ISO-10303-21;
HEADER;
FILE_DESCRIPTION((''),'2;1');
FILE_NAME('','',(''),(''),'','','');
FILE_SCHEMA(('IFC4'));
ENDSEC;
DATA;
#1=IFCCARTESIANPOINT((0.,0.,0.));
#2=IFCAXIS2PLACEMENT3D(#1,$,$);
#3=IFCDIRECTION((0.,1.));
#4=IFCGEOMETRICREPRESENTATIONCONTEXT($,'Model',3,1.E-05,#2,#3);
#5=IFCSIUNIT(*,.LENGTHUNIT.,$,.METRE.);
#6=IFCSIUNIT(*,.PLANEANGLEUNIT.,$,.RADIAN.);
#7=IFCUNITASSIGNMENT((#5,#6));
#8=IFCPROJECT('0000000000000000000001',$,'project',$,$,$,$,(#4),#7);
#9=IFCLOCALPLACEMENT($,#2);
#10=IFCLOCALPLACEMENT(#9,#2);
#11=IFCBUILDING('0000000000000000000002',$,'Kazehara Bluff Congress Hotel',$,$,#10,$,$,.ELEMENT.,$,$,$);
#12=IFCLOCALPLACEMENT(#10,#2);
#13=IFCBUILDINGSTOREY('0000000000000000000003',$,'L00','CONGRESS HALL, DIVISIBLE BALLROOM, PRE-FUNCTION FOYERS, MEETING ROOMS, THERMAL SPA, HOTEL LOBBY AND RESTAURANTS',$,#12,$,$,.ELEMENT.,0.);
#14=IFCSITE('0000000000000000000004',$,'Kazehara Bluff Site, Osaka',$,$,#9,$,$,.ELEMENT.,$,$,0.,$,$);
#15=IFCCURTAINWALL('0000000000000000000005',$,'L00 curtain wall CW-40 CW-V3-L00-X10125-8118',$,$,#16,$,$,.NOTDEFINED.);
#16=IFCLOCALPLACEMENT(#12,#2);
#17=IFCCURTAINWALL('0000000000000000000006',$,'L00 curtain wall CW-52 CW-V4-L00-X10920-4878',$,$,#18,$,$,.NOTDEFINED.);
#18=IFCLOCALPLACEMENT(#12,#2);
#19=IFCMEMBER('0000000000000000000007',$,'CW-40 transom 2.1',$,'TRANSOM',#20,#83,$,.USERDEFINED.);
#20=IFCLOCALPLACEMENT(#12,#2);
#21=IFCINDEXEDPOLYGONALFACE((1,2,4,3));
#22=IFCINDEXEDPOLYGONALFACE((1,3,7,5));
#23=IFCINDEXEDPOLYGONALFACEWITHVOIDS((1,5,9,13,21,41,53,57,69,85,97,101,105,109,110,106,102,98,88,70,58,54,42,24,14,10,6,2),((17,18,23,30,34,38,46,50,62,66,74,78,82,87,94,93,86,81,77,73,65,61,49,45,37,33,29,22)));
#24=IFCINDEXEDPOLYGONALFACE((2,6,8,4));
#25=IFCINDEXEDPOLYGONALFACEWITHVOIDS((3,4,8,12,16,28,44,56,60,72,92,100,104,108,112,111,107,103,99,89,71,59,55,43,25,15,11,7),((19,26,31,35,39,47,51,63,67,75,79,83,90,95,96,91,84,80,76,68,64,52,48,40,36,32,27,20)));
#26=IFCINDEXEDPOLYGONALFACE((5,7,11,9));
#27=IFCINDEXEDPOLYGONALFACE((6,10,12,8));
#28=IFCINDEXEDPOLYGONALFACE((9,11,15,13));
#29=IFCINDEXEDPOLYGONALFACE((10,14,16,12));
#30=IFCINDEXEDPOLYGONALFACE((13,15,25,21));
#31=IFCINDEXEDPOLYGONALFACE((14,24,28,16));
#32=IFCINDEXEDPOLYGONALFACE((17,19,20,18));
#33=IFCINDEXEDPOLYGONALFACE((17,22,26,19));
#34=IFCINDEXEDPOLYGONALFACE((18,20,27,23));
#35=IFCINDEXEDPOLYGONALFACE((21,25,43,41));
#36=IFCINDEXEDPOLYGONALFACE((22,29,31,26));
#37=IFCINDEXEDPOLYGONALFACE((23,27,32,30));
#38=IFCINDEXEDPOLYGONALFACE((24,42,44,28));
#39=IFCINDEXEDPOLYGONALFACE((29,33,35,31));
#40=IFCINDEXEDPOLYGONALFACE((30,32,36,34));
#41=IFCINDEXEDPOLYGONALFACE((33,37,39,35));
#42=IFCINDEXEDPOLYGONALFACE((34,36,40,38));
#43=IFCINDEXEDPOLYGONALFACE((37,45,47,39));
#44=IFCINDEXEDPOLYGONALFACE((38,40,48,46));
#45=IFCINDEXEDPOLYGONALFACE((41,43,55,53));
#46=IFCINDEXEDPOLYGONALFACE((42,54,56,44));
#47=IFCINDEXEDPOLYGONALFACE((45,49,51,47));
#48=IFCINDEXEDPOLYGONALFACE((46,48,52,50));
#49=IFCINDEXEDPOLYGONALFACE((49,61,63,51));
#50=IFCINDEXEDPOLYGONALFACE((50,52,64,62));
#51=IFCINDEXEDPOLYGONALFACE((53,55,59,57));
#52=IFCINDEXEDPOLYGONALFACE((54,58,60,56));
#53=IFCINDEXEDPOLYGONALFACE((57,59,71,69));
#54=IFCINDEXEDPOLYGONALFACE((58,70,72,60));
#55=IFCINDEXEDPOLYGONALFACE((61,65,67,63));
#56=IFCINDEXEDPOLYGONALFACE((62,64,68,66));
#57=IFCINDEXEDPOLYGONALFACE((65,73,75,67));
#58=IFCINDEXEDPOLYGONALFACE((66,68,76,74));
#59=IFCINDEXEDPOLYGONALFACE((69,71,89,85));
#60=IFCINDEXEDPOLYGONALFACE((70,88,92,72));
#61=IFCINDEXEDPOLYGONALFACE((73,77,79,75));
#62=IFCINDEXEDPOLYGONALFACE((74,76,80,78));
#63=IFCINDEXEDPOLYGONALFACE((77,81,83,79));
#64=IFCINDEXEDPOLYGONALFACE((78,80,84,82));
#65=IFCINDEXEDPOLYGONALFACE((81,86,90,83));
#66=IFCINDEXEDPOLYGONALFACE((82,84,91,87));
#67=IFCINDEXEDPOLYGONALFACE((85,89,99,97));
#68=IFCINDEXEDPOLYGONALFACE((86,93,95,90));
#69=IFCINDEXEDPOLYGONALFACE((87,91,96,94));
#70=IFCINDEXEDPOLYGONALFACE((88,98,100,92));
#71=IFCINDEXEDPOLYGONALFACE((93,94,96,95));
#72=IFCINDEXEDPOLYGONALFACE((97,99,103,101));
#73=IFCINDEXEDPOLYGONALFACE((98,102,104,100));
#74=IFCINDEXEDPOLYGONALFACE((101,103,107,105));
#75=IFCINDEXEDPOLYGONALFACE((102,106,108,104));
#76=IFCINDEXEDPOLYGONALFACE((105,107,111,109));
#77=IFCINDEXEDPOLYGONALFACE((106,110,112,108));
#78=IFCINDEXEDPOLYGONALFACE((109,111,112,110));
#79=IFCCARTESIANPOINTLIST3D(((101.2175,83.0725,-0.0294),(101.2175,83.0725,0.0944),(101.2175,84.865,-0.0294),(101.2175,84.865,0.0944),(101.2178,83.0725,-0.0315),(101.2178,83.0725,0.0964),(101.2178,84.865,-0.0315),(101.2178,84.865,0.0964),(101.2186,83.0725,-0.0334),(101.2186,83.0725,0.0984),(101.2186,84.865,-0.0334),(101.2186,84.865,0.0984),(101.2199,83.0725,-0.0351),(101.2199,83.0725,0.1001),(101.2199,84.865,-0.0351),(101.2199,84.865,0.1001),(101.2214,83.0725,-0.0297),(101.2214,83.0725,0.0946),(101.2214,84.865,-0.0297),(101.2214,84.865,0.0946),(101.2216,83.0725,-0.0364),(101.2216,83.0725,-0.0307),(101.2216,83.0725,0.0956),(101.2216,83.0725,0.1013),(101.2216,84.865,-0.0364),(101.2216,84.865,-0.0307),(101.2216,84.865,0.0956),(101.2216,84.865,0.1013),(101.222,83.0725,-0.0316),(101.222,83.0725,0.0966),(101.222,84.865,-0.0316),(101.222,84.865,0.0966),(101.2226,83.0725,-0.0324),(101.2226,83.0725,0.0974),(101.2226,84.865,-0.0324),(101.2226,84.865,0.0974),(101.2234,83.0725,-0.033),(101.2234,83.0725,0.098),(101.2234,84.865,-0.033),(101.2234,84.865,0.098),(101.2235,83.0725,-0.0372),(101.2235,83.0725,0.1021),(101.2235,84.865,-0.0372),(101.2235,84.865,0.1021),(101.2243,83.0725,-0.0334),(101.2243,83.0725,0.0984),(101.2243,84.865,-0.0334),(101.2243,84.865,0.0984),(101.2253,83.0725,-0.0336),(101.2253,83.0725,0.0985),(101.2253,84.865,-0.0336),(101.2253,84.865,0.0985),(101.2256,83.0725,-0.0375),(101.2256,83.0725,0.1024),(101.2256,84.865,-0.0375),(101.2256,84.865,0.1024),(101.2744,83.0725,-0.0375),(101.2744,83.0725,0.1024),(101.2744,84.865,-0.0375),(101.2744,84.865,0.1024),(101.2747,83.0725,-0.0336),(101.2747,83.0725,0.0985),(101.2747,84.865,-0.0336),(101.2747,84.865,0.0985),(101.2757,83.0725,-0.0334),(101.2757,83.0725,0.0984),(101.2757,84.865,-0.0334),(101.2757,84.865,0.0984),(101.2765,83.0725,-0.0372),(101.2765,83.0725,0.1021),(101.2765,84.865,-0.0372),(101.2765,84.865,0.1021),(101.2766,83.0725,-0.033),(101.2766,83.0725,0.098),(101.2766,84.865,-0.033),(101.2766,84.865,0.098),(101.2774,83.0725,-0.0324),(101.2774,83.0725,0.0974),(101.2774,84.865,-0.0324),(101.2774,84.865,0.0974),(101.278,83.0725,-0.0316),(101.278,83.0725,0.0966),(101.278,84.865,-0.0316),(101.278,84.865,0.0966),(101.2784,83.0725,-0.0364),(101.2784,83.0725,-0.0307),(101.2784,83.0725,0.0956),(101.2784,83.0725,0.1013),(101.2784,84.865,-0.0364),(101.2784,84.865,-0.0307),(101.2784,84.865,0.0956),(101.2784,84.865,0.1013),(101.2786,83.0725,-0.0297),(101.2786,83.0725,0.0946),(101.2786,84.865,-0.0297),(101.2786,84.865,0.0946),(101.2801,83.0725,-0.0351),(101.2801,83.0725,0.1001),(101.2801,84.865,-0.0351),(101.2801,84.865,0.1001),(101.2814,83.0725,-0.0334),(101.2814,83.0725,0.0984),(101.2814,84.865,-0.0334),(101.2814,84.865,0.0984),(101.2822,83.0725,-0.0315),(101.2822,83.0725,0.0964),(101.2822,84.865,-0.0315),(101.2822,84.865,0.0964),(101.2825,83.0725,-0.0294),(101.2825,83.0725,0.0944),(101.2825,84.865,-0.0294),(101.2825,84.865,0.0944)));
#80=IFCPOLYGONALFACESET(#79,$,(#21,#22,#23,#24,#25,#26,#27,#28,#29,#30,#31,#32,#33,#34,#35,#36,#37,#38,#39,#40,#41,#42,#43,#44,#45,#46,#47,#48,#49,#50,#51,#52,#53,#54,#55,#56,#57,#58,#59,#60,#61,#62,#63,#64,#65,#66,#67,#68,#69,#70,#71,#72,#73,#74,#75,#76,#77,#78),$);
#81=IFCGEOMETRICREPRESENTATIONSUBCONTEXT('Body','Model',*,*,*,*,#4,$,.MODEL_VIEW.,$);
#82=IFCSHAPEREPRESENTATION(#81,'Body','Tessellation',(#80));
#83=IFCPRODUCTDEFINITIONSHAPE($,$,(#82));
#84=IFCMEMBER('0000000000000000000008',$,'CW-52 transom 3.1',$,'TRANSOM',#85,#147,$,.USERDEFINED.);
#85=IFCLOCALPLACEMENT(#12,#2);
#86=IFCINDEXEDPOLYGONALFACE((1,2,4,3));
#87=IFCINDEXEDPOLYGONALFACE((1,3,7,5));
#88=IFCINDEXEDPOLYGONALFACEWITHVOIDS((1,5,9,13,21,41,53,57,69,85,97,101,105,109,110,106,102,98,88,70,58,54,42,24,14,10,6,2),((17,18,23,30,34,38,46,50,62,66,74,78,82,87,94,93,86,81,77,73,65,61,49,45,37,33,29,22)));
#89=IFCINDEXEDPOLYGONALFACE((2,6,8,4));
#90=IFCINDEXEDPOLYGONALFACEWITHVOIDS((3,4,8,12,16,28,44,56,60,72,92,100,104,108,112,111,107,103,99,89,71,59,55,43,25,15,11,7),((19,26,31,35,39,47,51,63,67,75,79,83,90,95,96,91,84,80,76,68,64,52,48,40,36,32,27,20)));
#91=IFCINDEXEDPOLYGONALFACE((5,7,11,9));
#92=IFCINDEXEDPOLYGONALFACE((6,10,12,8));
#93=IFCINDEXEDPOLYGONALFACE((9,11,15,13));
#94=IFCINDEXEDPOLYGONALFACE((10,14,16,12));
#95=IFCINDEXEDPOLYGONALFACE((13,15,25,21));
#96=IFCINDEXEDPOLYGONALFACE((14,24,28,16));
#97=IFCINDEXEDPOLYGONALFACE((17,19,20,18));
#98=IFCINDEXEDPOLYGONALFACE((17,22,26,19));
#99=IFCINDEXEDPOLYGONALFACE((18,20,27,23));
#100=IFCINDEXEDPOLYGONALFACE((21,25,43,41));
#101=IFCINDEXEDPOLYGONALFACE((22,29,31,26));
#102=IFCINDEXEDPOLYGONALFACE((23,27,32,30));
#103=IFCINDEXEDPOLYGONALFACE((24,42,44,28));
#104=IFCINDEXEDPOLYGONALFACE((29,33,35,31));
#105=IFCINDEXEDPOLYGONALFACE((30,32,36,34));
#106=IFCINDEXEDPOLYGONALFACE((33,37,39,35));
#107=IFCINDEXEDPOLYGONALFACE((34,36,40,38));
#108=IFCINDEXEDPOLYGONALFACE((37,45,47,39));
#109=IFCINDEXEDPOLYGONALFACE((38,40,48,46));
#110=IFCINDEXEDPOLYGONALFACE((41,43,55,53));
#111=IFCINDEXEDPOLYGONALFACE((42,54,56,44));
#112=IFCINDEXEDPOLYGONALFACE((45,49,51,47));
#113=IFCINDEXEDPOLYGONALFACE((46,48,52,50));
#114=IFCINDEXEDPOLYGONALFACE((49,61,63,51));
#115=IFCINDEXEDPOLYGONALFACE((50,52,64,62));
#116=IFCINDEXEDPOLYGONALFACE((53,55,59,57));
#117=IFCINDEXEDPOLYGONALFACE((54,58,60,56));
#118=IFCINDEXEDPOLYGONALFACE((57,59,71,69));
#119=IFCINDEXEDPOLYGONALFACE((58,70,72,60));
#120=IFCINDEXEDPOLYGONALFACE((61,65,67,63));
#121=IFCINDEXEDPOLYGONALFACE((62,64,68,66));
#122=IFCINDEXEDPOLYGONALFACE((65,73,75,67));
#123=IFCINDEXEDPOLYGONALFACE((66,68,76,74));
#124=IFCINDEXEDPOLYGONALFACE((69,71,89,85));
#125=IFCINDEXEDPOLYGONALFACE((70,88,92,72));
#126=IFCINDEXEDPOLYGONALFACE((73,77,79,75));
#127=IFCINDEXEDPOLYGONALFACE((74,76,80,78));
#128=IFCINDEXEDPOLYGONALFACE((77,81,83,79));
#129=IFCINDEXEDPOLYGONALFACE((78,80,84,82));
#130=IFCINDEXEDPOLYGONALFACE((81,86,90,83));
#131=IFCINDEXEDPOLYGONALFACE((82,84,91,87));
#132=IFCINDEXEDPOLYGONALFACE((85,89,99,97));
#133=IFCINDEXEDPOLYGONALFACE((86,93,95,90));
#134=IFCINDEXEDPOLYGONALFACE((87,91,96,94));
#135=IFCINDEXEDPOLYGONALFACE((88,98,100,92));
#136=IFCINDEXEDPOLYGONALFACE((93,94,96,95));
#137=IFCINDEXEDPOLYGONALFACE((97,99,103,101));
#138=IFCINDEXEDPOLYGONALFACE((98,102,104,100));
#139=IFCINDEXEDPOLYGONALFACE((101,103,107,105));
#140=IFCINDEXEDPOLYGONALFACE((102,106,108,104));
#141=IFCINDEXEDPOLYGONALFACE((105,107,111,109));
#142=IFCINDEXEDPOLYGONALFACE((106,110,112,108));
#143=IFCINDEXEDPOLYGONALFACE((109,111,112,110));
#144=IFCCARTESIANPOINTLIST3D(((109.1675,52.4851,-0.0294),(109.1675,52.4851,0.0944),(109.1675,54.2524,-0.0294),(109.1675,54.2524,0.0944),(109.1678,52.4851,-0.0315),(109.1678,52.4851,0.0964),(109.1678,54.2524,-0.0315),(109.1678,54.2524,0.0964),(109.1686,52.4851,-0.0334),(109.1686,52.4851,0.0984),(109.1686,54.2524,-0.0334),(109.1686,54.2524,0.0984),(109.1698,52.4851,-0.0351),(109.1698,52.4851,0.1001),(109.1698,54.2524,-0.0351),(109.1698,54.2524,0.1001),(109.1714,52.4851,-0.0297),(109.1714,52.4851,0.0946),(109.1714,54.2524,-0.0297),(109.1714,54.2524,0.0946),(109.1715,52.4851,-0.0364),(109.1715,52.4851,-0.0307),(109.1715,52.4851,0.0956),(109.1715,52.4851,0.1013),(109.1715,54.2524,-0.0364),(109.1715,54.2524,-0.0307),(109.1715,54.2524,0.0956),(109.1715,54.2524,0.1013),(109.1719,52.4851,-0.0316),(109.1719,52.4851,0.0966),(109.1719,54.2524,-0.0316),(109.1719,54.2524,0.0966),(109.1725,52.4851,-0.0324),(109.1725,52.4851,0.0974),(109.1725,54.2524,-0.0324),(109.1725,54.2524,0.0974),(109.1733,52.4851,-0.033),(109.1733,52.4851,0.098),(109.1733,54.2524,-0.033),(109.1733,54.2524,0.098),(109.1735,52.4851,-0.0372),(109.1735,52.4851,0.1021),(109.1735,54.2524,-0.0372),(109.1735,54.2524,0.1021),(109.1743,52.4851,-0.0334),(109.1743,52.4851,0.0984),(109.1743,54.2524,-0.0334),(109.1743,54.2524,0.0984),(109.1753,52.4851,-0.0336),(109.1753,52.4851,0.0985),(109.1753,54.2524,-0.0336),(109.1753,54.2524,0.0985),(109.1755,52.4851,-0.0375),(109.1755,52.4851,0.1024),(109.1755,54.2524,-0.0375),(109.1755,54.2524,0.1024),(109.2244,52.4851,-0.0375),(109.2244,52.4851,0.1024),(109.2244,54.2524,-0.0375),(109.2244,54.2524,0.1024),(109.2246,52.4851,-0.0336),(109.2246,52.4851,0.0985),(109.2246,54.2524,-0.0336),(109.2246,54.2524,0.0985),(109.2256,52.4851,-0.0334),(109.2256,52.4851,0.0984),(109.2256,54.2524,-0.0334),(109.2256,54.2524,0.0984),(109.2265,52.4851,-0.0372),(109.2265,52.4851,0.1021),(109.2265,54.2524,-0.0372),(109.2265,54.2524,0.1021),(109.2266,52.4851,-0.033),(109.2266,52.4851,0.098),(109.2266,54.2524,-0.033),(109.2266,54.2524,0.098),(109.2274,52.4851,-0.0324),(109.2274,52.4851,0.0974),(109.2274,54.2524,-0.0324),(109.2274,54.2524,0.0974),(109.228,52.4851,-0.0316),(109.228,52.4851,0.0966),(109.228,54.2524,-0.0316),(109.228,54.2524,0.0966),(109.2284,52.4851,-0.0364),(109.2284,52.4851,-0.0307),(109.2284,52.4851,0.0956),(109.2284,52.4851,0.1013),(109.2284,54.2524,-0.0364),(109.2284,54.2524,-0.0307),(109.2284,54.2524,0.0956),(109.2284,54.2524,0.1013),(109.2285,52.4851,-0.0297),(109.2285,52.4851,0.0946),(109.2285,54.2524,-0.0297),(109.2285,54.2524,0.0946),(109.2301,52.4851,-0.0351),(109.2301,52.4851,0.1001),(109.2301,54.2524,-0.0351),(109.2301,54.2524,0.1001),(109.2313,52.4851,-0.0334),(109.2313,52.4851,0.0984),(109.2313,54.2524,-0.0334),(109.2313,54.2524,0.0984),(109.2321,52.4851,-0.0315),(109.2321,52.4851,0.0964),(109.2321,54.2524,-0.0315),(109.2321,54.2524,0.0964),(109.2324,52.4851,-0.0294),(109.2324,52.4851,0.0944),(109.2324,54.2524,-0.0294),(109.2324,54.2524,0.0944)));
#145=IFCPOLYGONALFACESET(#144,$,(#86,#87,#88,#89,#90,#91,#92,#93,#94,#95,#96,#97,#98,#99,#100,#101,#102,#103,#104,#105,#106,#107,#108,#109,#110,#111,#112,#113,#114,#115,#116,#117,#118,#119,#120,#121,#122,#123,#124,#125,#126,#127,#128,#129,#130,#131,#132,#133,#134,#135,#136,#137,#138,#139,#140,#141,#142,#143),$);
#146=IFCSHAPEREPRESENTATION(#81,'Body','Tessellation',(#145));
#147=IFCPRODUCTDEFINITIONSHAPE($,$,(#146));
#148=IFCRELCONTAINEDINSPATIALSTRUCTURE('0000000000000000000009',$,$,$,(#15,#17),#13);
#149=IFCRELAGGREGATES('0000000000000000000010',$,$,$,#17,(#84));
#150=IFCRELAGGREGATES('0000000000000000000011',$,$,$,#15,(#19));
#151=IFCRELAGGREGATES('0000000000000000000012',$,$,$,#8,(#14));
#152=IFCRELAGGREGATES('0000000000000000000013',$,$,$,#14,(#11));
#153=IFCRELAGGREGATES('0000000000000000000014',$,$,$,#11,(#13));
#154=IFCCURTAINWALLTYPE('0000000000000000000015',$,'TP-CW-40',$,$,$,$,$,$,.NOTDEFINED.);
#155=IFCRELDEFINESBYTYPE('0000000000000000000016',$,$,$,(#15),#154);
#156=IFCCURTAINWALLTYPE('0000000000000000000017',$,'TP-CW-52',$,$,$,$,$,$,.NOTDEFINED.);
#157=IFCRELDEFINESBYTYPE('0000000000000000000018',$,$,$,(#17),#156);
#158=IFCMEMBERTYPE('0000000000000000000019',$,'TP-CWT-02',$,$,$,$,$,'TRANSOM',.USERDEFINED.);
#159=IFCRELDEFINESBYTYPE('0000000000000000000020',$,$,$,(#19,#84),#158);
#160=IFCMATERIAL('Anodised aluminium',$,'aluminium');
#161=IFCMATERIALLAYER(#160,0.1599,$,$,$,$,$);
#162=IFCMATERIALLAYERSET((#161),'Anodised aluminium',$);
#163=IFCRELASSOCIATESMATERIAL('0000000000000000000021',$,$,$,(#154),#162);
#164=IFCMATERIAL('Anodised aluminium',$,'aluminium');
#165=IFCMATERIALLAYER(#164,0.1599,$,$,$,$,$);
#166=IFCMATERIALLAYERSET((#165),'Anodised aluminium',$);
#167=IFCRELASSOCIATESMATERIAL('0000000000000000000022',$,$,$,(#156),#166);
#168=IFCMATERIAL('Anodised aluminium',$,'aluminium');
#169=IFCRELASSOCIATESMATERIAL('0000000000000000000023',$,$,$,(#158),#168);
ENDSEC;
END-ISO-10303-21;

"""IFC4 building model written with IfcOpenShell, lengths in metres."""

from ifc_helpers import new_model, si_unit, direction, frame, origin, origin_2d, place, context, subcontext, project, spatial, hollow_rectangle, extrude, material, layer, layer_set, material_profile, profile_set, type_object, element, aggregate, save


model = new_model("IFC4")

# Units and contexts
model_context = context("Model", 3, precision=1e-05, world=origin(), true_north=direction((0.0, 1.0)))
body_context = subcontext(model_context, "Body", "Model", "MODEL_VIEW")
ifc_project = project(units=[si_unit("LENGTHUNIT", "METRE"), si_unit("PLANEANGLEUNIT", "RADIAN")], contexts=[model_context])

# Site, building, storey
site_placement = place(None, origin())
site = spatial("IfcSite", under=ifc_project, at=site_placement, Name="Kazehara Bluff Site, Osaka", CompositionType="ELEMENT", RefElevation=0.0)
building_placement = place(site_placement, origin())
building = spatial("IfcBuilding", under=site, at=building_placement, Name="Kazehara Bluff Congress Hotel", CompositionType="ELEMENT")
storey_placement = place(building_placement, origin())
storey = spatial("IfcBuildingStorey", under=building, at=storey_placement, Name="L00", Description="CONGRESS HALL, DIVISIBLE BALLROOM, PRE-FUNCTION FOYERS, MEETING ROOMS, THERMAL SPA, HOTEL LOBBY AND RESTAURANTS", CompositionType="ELEMENT", Elevation=0.0)

# Curtain wall
ifc_material_1 = material(Name="Anodised aluminium", Category="aluminium")
ifc_layer_1 = layer(ifc_material_1, 0.1599)
ifc_layer_set_1 = layer_set([ifc_layer_1], Name="Anodised aluminium")
curtain_wall_type_1 = type_object("IfcCurtainWallType", Name="TP-CW-40", PredefinedType="NOTDEFINED", material=ifc_layer_set_1)
curtain_wall_1_placement = place(storey_placement, origin())
curtain_wall_1 = element("IfcCurtainWall", 1, at=curtain_wall_1_placement, inside=storey, type_object=curtain_wall_type_1, Name="L00 curtain wall CW-40 CW-V3-L00-X10125-8118", PredefinedType="NOTDEFINED")

# Curtain wall
ifc_material_2 = material(Name="Anodised aluminium", Category="aluminium")
ifc_layer_2 = layer(ifc_material_2, 0.1599)
ifc_layer_set_2 = layer_set([ifc_layer_2], Name="Anodised aluminium")
curtain_wall_type_2 = type_object("IfcCurtainWallType", Name="TP-CW-52", PredefinedType="NOTDEFINED", material=ifc_layer_set_2)
curtain_wall_2_placement = place(storey_placement, origin())
curtain_wall_2 = element("IfcCurtainWall", 2, at=curtain_wall_2_placement, inside=storey, type_object=curtain_wall_type_2, Name="L00 curtain wall CW-52 CW-V4-L00-X10920-4878", PredefinedType="NOTDEFINED")

# Members
ifc_material_3 = material(Name="Anodised aluminium", Category="aluminium")
ifc_material_profile_1 = material_profile(ifc_material_3, hollow_rectangle(XDim=0.0649, YDim=0.1399, WallThickness=0.0039, InnerFilletRadius=0.0039, OuterFilletRadius=0.0081, at=origin_2d()))
ifc_profile_set_1 = profile_set([ifc_material_profile_1], Name="Anodised aluminium")
member_type_1 = type_object("IfcMemberType", Name="TP-CWT-02", ElementType="TRANSOM", PredefinedType="USERDEFINED", material=ifc_profile_set_1)
member_1_placement = place(storey_placement, frame((101.25, 83.0725, 0.0325), z_axis=(0.0, 1.0, 0.0), x_axis=(-1.0, 0.0, 0.0)))
member_1 = element("IfcMember", 3, at=member_1_placement, type_object=member_type_1, Name="CW-40 transom 2.1", ObjectType="TRANSOM", PredefinedType="USERDEFINED", context=body_context, shape_type="SweptSolid", body=[
    extrude(hollow_rectangle(XDim=0.0649, YDim=0.1399, WallThickness=0.0039, InnerFilletRadius=0.0039, OuterFilletRadius=0.0081, at=origin_2d()), origin(), (0.0, 0.0, 1.0), 1.7925),
])
member_2_placement = place(storey_placement, frame((109.2, 52.4851, 0.0325), z_axis=(0.0, 1.0, 0.0), x_axis=(-1.0, 0.0, 0.0)))
member_2 = element("IfcMember", 4, at=member_2_placement, type_object=member_type_1, Name="CW-52 transom 3.1", ObjectType="TRANSOM", PredefinedType="USERDEFINED", context=body_context, shape_type="SweptSolid", body=[
    extrude(hollow_rectangle(XDim=0.0649, YDim=0.1399, WallThickness=0.0039, InnerFilletRadius=0.0039, OuterFilletRadius=0.0081, at=origin_2d()), origin(), (0.0, 0.0, 1.0), 1.7673),
])
aggregate(curtain_wall_2, [member_2])

aggregate(curtain_wall_1, [member_1])

save(model, "model.ifc")
